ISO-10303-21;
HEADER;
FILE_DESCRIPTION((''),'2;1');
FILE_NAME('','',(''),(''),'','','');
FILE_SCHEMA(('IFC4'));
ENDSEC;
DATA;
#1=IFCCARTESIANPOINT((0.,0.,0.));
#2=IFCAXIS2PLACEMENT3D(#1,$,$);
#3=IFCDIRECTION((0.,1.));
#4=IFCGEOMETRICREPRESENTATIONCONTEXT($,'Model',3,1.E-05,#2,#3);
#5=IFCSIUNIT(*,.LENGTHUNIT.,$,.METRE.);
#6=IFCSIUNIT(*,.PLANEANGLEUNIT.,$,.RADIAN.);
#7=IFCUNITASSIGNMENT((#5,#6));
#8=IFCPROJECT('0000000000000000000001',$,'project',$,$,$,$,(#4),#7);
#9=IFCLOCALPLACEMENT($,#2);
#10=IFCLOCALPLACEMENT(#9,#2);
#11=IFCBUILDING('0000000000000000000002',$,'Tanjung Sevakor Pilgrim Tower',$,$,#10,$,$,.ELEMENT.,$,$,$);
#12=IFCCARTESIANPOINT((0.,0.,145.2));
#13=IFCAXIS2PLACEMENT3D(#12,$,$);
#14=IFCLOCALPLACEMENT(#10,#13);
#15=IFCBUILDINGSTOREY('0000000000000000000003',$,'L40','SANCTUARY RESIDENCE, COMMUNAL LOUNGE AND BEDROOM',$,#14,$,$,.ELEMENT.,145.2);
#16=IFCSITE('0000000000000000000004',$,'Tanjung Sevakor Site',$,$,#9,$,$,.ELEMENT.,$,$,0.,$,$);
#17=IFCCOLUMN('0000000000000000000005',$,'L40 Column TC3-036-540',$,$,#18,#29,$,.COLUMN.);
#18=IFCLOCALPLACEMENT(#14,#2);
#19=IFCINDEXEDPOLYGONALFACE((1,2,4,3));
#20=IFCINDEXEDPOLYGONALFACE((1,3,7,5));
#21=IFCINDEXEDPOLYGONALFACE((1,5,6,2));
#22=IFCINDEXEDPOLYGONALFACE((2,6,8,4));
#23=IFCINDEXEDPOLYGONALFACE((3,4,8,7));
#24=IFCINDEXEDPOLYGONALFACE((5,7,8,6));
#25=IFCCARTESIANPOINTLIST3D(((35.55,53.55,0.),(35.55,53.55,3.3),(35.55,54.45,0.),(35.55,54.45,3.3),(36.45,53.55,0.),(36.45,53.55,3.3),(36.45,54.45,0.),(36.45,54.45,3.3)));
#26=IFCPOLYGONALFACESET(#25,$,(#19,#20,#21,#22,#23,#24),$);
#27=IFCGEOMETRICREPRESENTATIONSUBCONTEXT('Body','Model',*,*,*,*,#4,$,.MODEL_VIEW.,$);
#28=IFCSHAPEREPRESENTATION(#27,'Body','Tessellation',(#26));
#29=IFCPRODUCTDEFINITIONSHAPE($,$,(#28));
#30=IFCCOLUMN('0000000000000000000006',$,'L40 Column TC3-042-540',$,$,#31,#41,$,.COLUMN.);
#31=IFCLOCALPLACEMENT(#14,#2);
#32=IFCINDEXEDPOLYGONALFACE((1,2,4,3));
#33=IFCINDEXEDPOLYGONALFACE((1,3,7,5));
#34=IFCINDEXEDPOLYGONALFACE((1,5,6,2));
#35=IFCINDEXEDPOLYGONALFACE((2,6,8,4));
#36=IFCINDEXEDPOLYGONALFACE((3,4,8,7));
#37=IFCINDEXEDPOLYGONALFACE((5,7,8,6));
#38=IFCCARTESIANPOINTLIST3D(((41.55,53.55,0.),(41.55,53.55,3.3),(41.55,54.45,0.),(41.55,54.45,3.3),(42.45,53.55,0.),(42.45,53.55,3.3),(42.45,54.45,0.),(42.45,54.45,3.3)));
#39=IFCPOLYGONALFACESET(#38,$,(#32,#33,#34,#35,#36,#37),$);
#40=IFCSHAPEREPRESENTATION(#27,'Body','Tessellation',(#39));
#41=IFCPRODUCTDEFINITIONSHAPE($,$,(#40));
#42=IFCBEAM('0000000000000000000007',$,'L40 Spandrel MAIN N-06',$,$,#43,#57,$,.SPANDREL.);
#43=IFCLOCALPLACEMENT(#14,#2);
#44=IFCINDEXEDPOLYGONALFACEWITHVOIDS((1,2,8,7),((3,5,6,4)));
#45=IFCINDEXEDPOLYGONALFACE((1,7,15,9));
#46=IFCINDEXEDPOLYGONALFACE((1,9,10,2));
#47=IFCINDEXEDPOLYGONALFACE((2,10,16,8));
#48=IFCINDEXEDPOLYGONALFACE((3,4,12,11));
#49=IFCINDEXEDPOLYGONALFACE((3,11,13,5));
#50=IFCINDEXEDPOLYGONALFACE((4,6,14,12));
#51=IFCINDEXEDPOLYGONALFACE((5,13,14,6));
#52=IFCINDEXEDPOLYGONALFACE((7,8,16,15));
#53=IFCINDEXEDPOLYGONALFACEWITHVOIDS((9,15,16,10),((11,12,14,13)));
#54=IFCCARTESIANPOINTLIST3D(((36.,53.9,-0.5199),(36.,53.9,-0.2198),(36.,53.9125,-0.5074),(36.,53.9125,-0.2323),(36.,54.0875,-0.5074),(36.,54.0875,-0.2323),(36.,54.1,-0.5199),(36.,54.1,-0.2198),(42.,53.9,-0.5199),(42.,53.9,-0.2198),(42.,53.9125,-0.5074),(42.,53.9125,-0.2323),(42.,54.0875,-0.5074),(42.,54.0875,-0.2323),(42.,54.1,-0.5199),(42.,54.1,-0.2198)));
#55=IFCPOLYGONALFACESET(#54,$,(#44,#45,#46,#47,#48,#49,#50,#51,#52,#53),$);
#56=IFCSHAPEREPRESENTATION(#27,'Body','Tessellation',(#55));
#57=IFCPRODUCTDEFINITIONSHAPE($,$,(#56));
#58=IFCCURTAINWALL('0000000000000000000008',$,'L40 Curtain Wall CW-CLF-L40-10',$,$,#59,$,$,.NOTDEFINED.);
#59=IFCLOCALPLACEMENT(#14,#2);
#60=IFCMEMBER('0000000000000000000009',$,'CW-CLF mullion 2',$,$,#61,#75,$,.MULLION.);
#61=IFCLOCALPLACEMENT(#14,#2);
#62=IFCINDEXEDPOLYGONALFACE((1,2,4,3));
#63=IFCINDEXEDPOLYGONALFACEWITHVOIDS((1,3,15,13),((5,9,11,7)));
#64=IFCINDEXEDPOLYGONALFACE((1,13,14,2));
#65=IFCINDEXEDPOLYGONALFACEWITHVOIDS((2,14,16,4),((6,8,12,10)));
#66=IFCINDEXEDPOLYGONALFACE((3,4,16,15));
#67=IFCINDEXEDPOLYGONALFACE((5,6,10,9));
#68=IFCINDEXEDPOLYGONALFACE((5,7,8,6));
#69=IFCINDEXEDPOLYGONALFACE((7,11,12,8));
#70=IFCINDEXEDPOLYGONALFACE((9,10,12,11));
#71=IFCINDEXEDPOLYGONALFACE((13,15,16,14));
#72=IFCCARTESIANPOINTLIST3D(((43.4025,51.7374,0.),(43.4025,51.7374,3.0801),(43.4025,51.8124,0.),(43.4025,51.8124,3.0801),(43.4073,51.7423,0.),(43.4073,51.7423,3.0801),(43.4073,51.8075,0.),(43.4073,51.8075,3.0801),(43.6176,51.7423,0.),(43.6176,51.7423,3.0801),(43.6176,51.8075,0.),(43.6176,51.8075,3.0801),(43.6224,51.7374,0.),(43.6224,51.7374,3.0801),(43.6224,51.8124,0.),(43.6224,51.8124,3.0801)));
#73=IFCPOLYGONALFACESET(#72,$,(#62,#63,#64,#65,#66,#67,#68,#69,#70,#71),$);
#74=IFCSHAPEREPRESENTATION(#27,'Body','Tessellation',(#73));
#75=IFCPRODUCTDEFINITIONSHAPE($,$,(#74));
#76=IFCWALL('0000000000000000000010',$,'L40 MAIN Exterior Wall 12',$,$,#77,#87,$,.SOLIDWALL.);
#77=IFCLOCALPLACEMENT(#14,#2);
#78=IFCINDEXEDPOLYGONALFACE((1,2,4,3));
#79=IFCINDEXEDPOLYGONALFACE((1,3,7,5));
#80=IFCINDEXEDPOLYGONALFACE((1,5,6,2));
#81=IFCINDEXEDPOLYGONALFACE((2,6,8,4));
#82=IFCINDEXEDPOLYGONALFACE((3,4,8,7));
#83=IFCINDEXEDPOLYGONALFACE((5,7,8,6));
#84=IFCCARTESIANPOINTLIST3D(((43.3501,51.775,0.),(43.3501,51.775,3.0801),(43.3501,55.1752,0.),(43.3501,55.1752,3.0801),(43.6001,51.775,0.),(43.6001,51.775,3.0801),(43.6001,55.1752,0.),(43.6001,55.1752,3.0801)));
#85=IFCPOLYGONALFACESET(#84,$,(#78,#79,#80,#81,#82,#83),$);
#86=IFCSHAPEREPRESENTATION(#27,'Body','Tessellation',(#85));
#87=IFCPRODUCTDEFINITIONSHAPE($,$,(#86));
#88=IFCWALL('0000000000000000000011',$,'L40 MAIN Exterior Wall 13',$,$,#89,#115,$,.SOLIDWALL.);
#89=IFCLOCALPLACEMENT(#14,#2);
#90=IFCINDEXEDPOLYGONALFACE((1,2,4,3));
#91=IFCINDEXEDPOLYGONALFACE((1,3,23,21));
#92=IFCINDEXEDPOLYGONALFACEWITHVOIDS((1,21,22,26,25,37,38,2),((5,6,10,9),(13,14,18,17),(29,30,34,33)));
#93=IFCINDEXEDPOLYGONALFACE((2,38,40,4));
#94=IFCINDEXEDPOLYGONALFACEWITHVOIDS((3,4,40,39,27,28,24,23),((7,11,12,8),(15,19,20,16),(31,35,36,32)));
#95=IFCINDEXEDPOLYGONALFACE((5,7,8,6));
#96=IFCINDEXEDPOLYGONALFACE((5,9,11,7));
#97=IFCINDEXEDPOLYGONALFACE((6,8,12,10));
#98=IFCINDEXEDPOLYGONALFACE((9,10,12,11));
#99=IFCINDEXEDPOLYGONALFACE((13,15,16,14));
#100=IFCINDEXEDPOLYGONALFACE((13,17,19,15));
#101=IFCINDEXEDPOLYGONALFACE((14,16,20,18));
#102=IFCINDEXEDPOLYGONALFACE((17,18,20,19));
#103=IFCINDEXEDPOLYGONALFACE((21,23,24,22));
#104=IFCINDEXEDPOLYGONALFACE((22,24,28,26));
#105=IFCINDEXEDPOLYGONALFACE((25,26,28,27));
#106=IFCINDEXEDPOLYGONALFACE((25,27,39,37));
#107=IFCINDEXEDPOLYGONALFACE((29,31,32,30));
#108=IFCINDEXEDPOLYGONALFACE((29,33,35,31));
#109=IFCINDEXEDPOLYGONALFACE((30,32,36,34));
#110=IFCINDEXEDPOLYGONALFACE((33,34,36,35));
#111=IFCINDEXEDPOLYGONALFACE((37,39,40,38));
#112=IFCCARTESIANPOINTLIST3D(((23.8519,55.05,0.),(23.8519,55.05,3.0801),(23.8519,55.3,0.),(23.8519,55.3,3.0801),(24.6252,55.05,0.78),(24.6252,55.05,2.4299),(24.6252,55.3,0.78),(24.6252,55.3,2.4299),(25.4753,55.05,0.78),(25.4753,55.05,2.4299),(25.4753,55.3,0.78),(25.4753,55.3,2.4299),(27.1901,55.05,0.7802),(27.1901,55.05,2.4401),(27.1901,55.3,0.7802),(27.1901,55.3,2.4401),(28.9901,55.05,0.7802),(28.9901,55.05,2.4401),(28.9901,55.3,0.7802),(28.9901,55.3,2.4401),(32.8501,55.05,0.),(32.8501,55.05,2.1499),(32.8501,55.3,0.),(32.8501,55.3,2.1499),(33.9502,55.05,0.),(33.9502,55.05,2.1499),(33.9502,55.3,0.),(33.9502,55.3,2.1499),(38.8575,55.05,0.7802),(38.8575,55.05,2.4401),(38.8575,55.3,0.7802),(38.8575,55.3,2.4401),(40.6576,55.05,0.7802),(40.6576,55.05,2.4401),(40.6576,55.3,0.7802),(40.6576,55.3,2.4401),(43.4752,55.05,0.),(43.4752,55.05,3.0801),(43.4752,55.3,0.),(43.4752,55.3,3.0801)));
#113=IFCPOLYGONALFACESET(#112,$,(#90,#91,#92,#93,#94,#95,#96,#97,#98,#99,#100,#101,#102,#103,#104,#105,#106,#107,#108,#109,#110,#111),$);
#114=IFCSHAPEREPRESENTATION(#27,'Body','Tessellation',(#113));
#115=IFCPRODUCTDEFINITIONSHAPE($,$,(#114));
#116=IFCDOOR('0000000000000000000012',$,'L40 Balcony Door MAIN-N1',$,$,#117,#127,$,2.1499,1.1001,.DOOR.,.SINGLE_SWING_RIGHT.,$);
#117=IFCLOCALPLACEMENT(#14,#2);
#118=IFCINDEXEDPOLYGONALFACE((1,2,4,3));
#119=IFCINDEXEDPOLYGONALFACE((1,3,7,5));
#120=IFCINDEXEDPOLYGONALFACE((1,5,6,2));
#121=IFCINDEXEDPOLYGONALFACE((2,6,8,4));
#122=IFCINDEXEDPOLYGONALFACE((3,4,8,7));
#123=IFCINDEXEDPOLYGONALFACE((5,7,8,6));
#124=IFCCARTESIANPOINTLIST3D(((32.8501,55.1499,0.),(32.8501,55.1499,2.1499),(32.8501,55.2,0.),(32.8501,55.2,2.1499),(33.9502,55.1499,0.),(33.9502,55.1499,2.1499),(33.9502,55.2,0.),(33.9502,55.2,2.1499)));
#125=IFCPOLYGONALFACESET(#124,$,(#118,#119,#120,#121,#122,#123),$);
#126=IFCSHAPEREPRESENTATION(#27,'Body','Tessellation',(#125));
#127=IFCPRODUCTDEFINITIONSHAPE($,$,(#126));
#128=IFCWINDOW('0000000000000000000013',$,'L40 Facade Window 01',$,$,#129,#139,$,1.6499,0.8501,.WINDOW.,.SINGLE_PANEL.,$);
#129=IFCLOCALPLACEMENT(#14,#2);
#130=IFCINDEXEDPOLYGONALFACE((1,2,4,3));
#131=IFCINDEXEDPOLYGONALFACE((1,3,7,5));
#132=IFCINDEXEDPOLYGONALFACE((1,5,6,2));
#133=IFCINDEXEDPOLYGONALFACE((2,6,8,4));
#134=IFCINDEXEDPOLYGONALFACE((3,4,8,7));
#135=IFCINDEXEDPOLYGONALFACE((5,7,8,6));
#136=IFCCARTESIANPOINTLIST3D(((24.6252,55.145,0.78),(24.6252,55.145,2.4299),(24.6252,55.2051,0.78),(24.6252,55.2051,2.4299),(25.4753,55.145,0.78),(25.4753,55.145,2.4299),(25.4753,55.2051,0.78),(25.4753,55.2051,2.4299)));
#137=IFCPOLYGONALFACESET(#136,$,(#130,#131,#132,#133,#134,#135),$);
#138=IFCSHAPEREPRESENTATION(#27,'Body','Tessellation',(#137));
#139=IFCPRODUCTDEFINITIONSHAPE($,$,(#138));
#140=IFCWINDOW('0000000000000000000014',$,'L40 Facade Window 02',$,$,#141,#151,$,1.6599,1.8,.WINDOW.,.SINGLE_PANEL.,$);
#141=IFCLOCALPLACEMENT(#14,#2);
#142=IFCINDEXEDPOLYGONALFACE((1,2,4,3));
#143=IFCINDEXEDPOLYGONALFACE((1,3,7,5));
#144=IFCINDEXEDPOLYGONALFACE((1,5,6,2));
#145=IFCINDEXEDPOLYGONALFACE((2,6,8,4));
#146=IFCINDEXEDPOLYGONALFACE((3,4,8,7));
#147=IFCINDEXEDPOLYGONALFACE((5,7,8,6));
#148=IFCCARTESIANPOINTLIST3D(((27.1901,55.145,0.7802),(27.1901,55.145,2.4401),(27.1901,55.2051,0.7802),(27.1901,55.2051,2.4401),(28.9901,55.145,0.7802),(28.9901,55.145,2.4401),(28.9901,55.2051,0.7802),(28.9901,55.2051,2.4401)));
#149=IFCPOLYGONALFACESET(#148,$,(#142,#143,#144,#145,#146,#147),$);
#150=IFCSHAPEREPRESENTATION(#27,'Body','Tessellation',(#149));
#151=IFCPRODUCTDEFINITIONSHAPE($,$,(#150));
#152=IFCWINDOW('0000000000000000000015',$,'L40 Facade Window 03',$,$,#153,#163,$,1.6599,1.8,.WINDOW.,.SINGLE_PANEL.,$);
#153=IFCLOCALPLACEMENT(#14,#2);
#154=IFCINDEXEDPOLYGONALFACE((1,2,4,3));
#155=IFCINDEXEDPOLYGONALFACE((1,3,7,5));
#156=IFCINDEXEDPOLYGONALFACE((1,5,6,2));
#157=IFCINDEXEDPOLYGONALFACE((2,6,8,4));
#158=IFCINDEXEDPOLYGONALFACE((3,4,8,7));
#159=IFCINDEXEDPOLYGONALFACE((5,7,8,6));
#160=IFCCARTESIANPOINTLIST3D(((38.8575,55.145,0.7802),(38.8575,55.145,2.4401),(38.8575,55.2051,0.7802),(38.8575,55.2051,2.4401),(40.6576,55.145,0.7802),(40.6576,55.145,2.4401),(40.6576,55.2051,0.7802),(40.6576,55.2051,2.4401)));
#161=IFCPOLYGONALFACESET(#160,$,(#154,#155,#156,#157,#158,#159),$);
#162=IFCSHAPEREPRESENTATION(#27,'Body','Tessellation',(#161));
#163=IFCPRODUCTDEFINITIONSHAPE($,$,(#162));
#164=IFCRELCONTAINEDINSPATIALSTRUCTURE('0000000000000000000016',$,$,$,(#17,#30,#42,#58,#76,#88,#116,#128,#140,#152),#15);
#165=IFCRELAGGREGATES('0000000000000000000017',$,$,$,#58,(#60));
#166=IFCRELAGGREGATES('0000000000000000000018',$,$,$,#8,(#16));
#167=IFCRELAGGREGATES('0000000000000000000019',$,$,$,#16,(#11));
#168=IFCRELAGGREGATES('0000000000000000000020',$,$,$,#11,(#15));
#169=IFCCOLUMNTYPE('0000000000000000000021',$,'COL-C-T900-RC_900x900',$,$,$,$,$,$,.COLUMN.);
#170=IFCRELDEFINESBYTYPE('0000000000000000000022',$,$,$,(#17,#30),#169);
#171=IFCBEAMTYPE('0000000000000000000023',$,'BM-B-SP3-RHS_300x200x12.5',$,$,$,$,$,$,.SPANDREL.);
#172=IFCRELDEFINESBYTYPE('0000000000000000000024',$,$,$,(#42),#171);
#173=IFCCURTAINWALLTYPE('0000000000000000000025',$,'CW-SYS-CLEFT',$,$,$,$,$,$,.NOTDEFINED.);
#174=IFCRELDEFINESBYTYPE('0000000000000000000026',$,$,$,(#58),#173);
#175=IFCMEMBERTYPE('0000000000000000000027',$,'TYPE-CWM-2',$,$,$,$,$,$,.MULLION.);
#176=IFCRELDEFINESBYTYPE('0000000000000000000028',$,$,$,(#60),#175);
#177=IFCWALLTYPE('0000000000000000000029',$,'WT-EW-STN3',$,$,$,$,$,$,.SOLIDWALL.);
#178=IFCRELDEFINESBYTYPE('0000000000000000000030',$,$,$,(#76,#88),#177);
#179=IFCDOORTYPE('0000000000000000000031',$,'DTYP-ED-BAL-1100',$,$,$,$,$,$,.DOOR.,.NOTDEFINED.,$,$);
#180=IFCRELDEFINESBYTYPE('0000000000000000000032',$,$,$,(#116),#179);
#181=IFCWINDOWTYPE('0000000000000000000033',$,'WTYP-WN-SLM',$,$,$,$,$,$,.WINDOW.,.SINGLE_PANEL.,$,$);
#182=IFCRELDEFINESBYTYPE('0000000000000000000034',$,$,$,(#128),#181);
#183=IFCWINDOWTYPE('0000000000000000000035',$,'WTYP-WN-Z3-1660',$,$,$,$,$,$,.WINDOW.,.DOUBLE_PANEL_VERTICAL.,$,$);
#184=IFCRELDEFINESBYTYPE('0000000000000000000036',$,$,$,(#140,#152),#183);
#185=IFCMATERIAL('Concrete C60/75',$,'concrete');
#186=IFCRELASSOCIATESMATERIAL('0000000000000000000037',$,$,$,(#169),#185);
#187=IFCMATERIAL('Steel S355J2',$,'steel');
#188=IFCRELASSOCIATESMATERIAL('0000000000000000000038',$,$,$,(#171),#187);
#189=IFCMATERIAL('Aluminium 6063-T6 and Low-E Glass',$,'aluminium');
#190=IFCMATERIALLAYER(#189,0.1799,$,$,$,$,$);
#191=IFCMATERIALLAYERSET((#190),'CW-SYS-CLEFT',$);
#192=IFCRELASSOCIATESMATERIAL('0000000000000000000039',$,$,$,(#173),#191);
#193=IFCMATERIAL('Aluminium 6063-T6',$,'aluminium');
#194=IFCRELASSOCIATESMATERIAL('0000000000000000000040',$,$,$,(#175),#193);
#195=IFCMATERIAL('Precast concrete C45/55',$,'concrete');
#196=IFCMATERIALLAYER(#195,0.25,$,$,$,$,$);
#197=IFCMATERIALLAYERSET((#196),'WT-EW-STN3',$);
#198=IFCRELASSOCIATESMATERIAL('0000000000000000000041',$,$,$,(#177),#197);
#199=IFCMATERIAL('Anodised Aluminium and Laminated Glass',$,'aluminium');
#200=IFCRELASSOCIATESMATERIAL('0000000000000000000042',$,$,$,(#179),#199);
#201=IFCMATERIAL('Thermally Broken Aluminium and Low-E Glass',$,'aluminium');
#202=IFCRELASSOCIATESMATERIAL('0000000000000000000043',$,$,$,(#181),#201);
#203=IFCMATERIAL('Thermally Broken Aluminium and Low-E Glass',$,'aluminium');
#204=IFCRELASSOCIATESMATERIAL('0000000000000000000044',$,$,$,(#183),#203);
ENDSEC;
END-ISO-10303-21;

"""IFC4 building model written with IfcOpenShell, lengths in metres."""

from ifc_helpers import new_model, si_unit, direction, frame, frame_2d, origin, origin_2d, place, context, subcontext, project, spatial, rectangle, hollow_rectangle, extrude, material, layer, layer_set, material_profile, profile_set, type_object, element, fill, aggregate, save


model = new_model("IFC4")

# Units and contexts
model_context = context("Model", 3, precision=1e-05, world=origin(), true_north=direction((0.0, 1.0)))
body_context = subcontext(model_context, "Body", "Model", "MODEL_VIEW")
ifc_project = project(units=[si_unit("LENGTHUNIT", "METRE"), si_unit("PLANEANGLEUNIT", "RADIAN")], contexts=[model_context])

# Site, building, storey
site_placement = place(None, origin())
site = spatial("IfcSite", under=ifc_project, at=site_placement, Name="Tanjung Sevakor Site", CompositionType="ELEMENT", RefElevation=0.0)
building_placement = place(site_placement, origin())
building = spatial("IfcBuilding", under=site, at=building_placement, Name="Tanjung Sevakor Pilgrim Tower", CompositionType="ELEMENT")
storey_placement = place(building_placement, frame((0.0, 0.0, 145.2)))
storey = spatial("IfcBuildingStorey", under=building, at=storey_placement, Name="L40", Description="SANCTUARY RESIDENCE, COMMUNAL LOUNGE AND BEDROOM", CompositionType="ELEMENT", Elevation=145.2)

# Columns
ifc_material_1 = material(Name="Concrete C60/75", Category="concrete")
ifc_material_profile_1 = material_profile(ifc_material_1, rectangle(XDim=0.8999, YDim=0.8999, at=origin_2d()))
ifc_profile_set_1 = profile_set([ifc_material_profile_1], Name="Concrete C60/75")
column_type = type_object("IfcColumnType", Name="COL-C-T900-RC_900x900", PredefinedType="COLUMN", material=ifc_profile_set_1)
for number, where, z_axis, x_axis, name in (
    (1, (36.0, 54.0, 0.0), (0.0, 0.0, 1.0), (1.0, 0.0, 0.0), "L40 Column TC3-036-540"),
    (2, (42.0, 54.0, 0.0), (0.0, 0.0, 1.0), (1.0, 0.0, 0.0), "L40 Column TC3-042-540"),
):
    element("IfcColumn", number, at=place(storey_placement, frame(where, z_axis=z_axis, x_axis=x_axis)), inside=storey, type_object=column_type, Name=name, PredefinedType="COLUMN", context=body_context, shape_type="SweptSolid", body=[
        extrude(rectangle(XDim=0.8999, YDim=0.8999, at=origin_2d()), origin(), (0.0, 0.0, 1.0), 3.3),
    ])

# Beam
ifc_material_2 = material(Name="Steel S355J2", Category="steel")
ifc_material_profile_2 = material_profile(ifc_material_2, hollow_rectangle(XDim=0.2, YDim=0.3, WallThickness=0.0125, at=origin_2d()))
ifc_profile_set_2 = profile_set([ifc_material_profile_2], Name="Steel S355J2")
beam_type = type_object("IfcBeamType", Name="BM-B-SP3-RHS_300x200x12.5", PredefinedType="SPANDREL", material=ifc_profile_set_2)
beam_placement = place(storey_placement, frame((36.0, 54.0, -0.3699), z_axis=(1.0, 0.0, 0.0), x_axis=(0.0, 1.0, 0.0)))
element("IfcBeam", 3, at=beam_placement, inside=storey, type_object=beam_type, Name="L40 Spandrel MAIN N-06", PredefinedType="SPANDREL", context=body_context, shape_type="SweptSolid", body=[
    extrude(hollow_rectangle(XDim=0.2, YDim=0.3, WallThickness=0.0125, at=origin_2d()), origin(), (0.0, 0.0, 1.0), 6.0),
])

# Curtain wall, member
ifc_material_3 = material(Name="Aluminium 6063-T6 and Low-E Glass", Category="aluminium")
ifc_layer_1 = layer(ifc_material_3, 0.1799)
ifc_layer_set_1 = layer_set([ifc_layer_1], Name="CW-SYS-CLEFT")
curtain_wall_type = type_object("IfcCurtainWallType", Name="CW-SYS-CLEFT", PredefinedType="NOTDEFINED", material=ifc_layer_set_1)
curtain_wall_placement = place(storey_placement, origin())
curtain_wall = element("IfcCurtainWall", 4, at=curtain_wall_placement, inside=storey, type_object=curtain_wall_type, Name="L40 Curtain Wall CW-CLF-L40-10", PredefinedType="NOTDEFINED")
ifc_material_4 = material(Name="Aluminium 6063-T6", Category="aluminium")
ifc_material_profile_3 = material_profile(ifc_material_4, hollow_rectangle(XDim=0.075, YDim=0.22, WallThickness=0.0049, at=origin_2d()))
ifc_profile_set_3 = profile_set([ifc_material_profile_3], Name="Aluminium 6063-T6")
member_type = type_object("IfcMemberType", Name="TYPE-CWM-2", PredefinedType="MULLION", material=ifc_profile_set_3)
member_placement = place(storey_placement, frame((43.5125, 51.7749, 0.0), z_axis=(0.0, 0.0, 1.0), x_axis=(0.0, -1.0, 0.0)))
member = element("IfcMember", 5, at=member_placement, type_object=member_type, Name="CW-CLF mullion 2", PredefinedType="MULLION", context=body_context, shape_type="SweptSolid", body=[
    extrude(hollow_rectangle(XDim=0.075, YDim=0.22, WallThickness=0.0049, at=origin_2d()), origin(), (0.0, 0.0, 1.0), 3.0801),
])
aggregate(curtain_wall, [member])

# Wall
ifc_material_5 = material(Name="Precast concrete C45/55", Category="concrete")
ifc_layer_2 = layer(ifc_material_5, 0.25)
ifc_layer_set_2 = layer_set([ifc_layer_2], Name="WT-EW-STN3")
wall_type_1 = type_object("IfcWallType", Name="WT-EW-STN3", PredefinedType="SOLIDWALL", material=ifc_layer_set_2)
wall_1_placement = place(storey_placement, frame((43.4751, 51.7749, 0.0), z_axis=(0.0, 0.0, 1.0), x_axis=(0.0, 1.0, 0.0)))
element("IfcWall", 6, at=wall_1_placement, inside=storey, type_object=wall_type_1, Name="L40 MAIN Exterior Wall 12", PredefinedType="SOLIDWALL", context=body_context, shape_type="SweptSolid", body=[
    extrude(rectangle(XDim=3.4001, YDim=0.25, at=frame_2d((1.7002, 0.0))), origin(), (0.0, 0.0, 1.0), 3.0801),
])

# Wall, openings, door, windows
wall_2_placement = place(storey_placement, frame((43.4751, 55.175, 0.0), z_axis=(0.0, 0.0, 1.0), x_axis=(-1.0, 0.0, 0.0)))
wall_2 = element("IfcWall", 7, at=wall_2_placement, inside=storey, type_object=wall_type_1, Name="L40 MAIN Exterior Wall 13", PredefinedType="SOLIDWALL", context=body_context, shape_type="SweptSolid", body=[
    extrude(rectangle(XDim=19.6233, YDim=0.25, at=frame_2d((9.8115, 0.0))), origin(), (0.0, 0.0, 1.0), 3.0801),
])
opening_1_placement = place(wall_2_placement, frame((9.5249, 0.0, 0.0)))
opening_1 = element("IfcOpeningElement", 8, at=opening_1_placement, cuts=wall_2, PredefinedType="OPENING", context=body_context, shape_type="SweptSolid", body=[
    extrude(rectangle(XDim=1.1001, YDim=2.1499, at=frame_2d((0.55, 1.075))), frame((0.0, 0.135, 0.0), z_axis=(0.0, -1.0, 0.0), x_axis=(1.0, 0.0, 0.0)), (0.0, 0.0, 1.0), 0.27),
])
opening_2_placement = place(wall_2_placement, frame((17.9998, 0.0, 0.78)))
opening_2 = element("IfcOpeningElement", 9, at=opening_2_placement, cuts=wall_2, PredefinedType="OPENING", context=body_context, shape_type="SweptSolid", body=[
    extrude(rectangle(XDim=0.8501, YDim=1.6499, at=frame_2d((0.425, 0.825))), frame((0.0, 0.135, 0.0), z_axis=(0.0, -1.0, 0.0), x_axis=(1.0, 0.0, 0.0)), (0.0, 0.0, 1.0), 0.27),
])
opening_3_placement = place(wall_2_placement, frame((14.4851, 0.0, 0.78)))
opening_3 = element("IfcOpeningElement", 10, at=opening_3_placement, cuts=wall_2, PredefinedType="OPENING", context=body_context, shape_type="SweptSolid", body=[
    extrude(rectangle(XDim=1.8, YDim=1.6599, at=frame_2d((0.8999, 0.8301))), frame((0.0, 0.135, 0.0), z_axis=(0.0, -1.0, 0.0), x_axis=(1.0, 0.0, 0.0)), (0.0, 0.0, 1.0), 0.27),
])
opening_4_placement = place(wall_2_placement, frame((2.8176, 0.0, 0.78)))
opening_4 = element("IfcOpeningElement", 11, at=opening_4_placement, cuts=wall_2, PredefinedType="OPENING", context=body_context, shape_type="SweptSolid", body=[
    extrude(rectangle(XDim=1.8, YDim=1.6599, at=frame_2d((0.8999, 0.8301))), frame((0.0, 0.135, 0.0), z_axis=(0.0, -1.0, 0.0), x_axis=(1.0, 0.0, 0.0)), (0.0, 0.0, 1.0), 0.27),
])
ifc_material_6 = material(Name="Anodised Aluminium and Laminated Glass", Category="aluminium")
door_type_1 = type_object("IfcDoorType", Name="DTYP-ED-BAL-1100", OperationType="NOTDEFINED", PredefinedType="DOOR", material=ifc_material_6)
door_1_placement = place(opening_1_placement, frame((1.1001, 0.0, 0.0), z_axis=(0.0, 0.0, 1.0), x_axis=(-1.0, 0.0, 0.0)))
door_1 = element("IfcDoor", 12, at=door_1_placement, inside=storey, type_object=door_type_1, Name="L40 Balcony Door MAIN-N1", OperationType="SINGLE_SWING_RIGHT", OverallHeight=2.1499, OverallWidth=1.1001, PredefinedType="DOOR", context=body_context, shape_type="SweptSolid", body=[
    extrude(rectangle(XDim=1.1001, YDim=2.1499, at=frame_2d((0.55, 1.075))), frame((0.0, 0.0249, 0.0), z_axis=(0.0, -1.0, 0.0), x_axis=(1.0, 0.0, 0.0)), (0.0, 0.0, 1.0), 0.05),
])
fill(opening_1, door_1)
ifc_material_7 = material(Name="Thermally Broken Aluminium and Low-E Glass", Category="aluminium")
window_type_1 = type_object("IfcWindowType", Name="WTYP-WN-SLM", PartitioningType="SINGLE_PANEL", PredefinedType="WINDOW", material=ifc_material_7)
window_1_placement = place(opening_2_placement, origin())
window_1 = element("IfcWindow", 13, at=window_1_placement, inside=storey, type_object=window_type_1, Name="L40 Facade Window 01", OverallHeight=1.6499, OverallWidth=0.8501, PartitioningType="SINGLE_PANEL", PredefinedType="WINDOW", context=body_context, shape_type="SweptSolid", body=[
    extrude(rectangle(XDim=0.8501, YDim=1.6499, at=frame_2d((0.425, 0.825))), frame((0.0, 0.03, 0.0), z_axis=(0.0, -1.0, 0.0), x_axis=(1.0, 0.0, 0.0)), (0.0, 0.0, 1.0), 0.0601),
])
fill(opening_2, window_1)
ifc_material_8 = material(Name="Thermally Broken Aluminium and Low-E Glass", Category="aluminium")
window_type_2 = type_object("IfcWindowType", Name="WTYP-WN-Z3-1660", PartitioningType="DOUBLE_PANEL_VERTICAL", PredefinedType="WINDOW", material=ifc_material_8)
window_2_placement = place(opening_3_placement, origin())
window_2 = element("IfcWindow", 14, at=window_2_placement, inside=storey, type_object=window_type_2, Name="L40 Facade Window 02", OverallHeight=1.6599, OverallWidth=1.8, PartitioningType="SINGLE_PANEL", PredefinedType="WINDOW", context=body_context, shape_type="SweptSolid", body=[
    extrude(rectangle(XDim=1.8, YDim=1.6599, at=frame_2d((0.8999, 0.8301))), frame((0.0, 0.03, 0.0), z_axis=(0.0, -1.0, 0.0), x_axis=(1.0, 0.0, 0.0)), (0.0, 0.0, 1.0), 0.0601),
])
fill(opening_3, window_2)
window_3_placement = place(opening_4_placement, origin())
window_3 = element("IfcWindow", 15, at=window_3_placement, inside=storey, type_object=window_type_2, Name="L40 Facade Window 03", OverallHeight=1.6599, OverallWidth=1.8, PartitioningType="SINGLE_PANEL", PredefinedType="WINDOW", context=body_context, shape_type="SweptSolid", body=[
    extrude(rectangle(XDim=1.8, YDim=1.6599, at=frame_2d((0.8999, 0.8301))), frame((0.0, 0.03, 0.0), z_axis=(0.0, -1.0, 0.0), x_axis=(1.0, 0.0, 0.0)), (0.0, 0.0, 1.0), 0.0601),
])
fill(opening_4, window_3)

save(model, "model.ifc")
